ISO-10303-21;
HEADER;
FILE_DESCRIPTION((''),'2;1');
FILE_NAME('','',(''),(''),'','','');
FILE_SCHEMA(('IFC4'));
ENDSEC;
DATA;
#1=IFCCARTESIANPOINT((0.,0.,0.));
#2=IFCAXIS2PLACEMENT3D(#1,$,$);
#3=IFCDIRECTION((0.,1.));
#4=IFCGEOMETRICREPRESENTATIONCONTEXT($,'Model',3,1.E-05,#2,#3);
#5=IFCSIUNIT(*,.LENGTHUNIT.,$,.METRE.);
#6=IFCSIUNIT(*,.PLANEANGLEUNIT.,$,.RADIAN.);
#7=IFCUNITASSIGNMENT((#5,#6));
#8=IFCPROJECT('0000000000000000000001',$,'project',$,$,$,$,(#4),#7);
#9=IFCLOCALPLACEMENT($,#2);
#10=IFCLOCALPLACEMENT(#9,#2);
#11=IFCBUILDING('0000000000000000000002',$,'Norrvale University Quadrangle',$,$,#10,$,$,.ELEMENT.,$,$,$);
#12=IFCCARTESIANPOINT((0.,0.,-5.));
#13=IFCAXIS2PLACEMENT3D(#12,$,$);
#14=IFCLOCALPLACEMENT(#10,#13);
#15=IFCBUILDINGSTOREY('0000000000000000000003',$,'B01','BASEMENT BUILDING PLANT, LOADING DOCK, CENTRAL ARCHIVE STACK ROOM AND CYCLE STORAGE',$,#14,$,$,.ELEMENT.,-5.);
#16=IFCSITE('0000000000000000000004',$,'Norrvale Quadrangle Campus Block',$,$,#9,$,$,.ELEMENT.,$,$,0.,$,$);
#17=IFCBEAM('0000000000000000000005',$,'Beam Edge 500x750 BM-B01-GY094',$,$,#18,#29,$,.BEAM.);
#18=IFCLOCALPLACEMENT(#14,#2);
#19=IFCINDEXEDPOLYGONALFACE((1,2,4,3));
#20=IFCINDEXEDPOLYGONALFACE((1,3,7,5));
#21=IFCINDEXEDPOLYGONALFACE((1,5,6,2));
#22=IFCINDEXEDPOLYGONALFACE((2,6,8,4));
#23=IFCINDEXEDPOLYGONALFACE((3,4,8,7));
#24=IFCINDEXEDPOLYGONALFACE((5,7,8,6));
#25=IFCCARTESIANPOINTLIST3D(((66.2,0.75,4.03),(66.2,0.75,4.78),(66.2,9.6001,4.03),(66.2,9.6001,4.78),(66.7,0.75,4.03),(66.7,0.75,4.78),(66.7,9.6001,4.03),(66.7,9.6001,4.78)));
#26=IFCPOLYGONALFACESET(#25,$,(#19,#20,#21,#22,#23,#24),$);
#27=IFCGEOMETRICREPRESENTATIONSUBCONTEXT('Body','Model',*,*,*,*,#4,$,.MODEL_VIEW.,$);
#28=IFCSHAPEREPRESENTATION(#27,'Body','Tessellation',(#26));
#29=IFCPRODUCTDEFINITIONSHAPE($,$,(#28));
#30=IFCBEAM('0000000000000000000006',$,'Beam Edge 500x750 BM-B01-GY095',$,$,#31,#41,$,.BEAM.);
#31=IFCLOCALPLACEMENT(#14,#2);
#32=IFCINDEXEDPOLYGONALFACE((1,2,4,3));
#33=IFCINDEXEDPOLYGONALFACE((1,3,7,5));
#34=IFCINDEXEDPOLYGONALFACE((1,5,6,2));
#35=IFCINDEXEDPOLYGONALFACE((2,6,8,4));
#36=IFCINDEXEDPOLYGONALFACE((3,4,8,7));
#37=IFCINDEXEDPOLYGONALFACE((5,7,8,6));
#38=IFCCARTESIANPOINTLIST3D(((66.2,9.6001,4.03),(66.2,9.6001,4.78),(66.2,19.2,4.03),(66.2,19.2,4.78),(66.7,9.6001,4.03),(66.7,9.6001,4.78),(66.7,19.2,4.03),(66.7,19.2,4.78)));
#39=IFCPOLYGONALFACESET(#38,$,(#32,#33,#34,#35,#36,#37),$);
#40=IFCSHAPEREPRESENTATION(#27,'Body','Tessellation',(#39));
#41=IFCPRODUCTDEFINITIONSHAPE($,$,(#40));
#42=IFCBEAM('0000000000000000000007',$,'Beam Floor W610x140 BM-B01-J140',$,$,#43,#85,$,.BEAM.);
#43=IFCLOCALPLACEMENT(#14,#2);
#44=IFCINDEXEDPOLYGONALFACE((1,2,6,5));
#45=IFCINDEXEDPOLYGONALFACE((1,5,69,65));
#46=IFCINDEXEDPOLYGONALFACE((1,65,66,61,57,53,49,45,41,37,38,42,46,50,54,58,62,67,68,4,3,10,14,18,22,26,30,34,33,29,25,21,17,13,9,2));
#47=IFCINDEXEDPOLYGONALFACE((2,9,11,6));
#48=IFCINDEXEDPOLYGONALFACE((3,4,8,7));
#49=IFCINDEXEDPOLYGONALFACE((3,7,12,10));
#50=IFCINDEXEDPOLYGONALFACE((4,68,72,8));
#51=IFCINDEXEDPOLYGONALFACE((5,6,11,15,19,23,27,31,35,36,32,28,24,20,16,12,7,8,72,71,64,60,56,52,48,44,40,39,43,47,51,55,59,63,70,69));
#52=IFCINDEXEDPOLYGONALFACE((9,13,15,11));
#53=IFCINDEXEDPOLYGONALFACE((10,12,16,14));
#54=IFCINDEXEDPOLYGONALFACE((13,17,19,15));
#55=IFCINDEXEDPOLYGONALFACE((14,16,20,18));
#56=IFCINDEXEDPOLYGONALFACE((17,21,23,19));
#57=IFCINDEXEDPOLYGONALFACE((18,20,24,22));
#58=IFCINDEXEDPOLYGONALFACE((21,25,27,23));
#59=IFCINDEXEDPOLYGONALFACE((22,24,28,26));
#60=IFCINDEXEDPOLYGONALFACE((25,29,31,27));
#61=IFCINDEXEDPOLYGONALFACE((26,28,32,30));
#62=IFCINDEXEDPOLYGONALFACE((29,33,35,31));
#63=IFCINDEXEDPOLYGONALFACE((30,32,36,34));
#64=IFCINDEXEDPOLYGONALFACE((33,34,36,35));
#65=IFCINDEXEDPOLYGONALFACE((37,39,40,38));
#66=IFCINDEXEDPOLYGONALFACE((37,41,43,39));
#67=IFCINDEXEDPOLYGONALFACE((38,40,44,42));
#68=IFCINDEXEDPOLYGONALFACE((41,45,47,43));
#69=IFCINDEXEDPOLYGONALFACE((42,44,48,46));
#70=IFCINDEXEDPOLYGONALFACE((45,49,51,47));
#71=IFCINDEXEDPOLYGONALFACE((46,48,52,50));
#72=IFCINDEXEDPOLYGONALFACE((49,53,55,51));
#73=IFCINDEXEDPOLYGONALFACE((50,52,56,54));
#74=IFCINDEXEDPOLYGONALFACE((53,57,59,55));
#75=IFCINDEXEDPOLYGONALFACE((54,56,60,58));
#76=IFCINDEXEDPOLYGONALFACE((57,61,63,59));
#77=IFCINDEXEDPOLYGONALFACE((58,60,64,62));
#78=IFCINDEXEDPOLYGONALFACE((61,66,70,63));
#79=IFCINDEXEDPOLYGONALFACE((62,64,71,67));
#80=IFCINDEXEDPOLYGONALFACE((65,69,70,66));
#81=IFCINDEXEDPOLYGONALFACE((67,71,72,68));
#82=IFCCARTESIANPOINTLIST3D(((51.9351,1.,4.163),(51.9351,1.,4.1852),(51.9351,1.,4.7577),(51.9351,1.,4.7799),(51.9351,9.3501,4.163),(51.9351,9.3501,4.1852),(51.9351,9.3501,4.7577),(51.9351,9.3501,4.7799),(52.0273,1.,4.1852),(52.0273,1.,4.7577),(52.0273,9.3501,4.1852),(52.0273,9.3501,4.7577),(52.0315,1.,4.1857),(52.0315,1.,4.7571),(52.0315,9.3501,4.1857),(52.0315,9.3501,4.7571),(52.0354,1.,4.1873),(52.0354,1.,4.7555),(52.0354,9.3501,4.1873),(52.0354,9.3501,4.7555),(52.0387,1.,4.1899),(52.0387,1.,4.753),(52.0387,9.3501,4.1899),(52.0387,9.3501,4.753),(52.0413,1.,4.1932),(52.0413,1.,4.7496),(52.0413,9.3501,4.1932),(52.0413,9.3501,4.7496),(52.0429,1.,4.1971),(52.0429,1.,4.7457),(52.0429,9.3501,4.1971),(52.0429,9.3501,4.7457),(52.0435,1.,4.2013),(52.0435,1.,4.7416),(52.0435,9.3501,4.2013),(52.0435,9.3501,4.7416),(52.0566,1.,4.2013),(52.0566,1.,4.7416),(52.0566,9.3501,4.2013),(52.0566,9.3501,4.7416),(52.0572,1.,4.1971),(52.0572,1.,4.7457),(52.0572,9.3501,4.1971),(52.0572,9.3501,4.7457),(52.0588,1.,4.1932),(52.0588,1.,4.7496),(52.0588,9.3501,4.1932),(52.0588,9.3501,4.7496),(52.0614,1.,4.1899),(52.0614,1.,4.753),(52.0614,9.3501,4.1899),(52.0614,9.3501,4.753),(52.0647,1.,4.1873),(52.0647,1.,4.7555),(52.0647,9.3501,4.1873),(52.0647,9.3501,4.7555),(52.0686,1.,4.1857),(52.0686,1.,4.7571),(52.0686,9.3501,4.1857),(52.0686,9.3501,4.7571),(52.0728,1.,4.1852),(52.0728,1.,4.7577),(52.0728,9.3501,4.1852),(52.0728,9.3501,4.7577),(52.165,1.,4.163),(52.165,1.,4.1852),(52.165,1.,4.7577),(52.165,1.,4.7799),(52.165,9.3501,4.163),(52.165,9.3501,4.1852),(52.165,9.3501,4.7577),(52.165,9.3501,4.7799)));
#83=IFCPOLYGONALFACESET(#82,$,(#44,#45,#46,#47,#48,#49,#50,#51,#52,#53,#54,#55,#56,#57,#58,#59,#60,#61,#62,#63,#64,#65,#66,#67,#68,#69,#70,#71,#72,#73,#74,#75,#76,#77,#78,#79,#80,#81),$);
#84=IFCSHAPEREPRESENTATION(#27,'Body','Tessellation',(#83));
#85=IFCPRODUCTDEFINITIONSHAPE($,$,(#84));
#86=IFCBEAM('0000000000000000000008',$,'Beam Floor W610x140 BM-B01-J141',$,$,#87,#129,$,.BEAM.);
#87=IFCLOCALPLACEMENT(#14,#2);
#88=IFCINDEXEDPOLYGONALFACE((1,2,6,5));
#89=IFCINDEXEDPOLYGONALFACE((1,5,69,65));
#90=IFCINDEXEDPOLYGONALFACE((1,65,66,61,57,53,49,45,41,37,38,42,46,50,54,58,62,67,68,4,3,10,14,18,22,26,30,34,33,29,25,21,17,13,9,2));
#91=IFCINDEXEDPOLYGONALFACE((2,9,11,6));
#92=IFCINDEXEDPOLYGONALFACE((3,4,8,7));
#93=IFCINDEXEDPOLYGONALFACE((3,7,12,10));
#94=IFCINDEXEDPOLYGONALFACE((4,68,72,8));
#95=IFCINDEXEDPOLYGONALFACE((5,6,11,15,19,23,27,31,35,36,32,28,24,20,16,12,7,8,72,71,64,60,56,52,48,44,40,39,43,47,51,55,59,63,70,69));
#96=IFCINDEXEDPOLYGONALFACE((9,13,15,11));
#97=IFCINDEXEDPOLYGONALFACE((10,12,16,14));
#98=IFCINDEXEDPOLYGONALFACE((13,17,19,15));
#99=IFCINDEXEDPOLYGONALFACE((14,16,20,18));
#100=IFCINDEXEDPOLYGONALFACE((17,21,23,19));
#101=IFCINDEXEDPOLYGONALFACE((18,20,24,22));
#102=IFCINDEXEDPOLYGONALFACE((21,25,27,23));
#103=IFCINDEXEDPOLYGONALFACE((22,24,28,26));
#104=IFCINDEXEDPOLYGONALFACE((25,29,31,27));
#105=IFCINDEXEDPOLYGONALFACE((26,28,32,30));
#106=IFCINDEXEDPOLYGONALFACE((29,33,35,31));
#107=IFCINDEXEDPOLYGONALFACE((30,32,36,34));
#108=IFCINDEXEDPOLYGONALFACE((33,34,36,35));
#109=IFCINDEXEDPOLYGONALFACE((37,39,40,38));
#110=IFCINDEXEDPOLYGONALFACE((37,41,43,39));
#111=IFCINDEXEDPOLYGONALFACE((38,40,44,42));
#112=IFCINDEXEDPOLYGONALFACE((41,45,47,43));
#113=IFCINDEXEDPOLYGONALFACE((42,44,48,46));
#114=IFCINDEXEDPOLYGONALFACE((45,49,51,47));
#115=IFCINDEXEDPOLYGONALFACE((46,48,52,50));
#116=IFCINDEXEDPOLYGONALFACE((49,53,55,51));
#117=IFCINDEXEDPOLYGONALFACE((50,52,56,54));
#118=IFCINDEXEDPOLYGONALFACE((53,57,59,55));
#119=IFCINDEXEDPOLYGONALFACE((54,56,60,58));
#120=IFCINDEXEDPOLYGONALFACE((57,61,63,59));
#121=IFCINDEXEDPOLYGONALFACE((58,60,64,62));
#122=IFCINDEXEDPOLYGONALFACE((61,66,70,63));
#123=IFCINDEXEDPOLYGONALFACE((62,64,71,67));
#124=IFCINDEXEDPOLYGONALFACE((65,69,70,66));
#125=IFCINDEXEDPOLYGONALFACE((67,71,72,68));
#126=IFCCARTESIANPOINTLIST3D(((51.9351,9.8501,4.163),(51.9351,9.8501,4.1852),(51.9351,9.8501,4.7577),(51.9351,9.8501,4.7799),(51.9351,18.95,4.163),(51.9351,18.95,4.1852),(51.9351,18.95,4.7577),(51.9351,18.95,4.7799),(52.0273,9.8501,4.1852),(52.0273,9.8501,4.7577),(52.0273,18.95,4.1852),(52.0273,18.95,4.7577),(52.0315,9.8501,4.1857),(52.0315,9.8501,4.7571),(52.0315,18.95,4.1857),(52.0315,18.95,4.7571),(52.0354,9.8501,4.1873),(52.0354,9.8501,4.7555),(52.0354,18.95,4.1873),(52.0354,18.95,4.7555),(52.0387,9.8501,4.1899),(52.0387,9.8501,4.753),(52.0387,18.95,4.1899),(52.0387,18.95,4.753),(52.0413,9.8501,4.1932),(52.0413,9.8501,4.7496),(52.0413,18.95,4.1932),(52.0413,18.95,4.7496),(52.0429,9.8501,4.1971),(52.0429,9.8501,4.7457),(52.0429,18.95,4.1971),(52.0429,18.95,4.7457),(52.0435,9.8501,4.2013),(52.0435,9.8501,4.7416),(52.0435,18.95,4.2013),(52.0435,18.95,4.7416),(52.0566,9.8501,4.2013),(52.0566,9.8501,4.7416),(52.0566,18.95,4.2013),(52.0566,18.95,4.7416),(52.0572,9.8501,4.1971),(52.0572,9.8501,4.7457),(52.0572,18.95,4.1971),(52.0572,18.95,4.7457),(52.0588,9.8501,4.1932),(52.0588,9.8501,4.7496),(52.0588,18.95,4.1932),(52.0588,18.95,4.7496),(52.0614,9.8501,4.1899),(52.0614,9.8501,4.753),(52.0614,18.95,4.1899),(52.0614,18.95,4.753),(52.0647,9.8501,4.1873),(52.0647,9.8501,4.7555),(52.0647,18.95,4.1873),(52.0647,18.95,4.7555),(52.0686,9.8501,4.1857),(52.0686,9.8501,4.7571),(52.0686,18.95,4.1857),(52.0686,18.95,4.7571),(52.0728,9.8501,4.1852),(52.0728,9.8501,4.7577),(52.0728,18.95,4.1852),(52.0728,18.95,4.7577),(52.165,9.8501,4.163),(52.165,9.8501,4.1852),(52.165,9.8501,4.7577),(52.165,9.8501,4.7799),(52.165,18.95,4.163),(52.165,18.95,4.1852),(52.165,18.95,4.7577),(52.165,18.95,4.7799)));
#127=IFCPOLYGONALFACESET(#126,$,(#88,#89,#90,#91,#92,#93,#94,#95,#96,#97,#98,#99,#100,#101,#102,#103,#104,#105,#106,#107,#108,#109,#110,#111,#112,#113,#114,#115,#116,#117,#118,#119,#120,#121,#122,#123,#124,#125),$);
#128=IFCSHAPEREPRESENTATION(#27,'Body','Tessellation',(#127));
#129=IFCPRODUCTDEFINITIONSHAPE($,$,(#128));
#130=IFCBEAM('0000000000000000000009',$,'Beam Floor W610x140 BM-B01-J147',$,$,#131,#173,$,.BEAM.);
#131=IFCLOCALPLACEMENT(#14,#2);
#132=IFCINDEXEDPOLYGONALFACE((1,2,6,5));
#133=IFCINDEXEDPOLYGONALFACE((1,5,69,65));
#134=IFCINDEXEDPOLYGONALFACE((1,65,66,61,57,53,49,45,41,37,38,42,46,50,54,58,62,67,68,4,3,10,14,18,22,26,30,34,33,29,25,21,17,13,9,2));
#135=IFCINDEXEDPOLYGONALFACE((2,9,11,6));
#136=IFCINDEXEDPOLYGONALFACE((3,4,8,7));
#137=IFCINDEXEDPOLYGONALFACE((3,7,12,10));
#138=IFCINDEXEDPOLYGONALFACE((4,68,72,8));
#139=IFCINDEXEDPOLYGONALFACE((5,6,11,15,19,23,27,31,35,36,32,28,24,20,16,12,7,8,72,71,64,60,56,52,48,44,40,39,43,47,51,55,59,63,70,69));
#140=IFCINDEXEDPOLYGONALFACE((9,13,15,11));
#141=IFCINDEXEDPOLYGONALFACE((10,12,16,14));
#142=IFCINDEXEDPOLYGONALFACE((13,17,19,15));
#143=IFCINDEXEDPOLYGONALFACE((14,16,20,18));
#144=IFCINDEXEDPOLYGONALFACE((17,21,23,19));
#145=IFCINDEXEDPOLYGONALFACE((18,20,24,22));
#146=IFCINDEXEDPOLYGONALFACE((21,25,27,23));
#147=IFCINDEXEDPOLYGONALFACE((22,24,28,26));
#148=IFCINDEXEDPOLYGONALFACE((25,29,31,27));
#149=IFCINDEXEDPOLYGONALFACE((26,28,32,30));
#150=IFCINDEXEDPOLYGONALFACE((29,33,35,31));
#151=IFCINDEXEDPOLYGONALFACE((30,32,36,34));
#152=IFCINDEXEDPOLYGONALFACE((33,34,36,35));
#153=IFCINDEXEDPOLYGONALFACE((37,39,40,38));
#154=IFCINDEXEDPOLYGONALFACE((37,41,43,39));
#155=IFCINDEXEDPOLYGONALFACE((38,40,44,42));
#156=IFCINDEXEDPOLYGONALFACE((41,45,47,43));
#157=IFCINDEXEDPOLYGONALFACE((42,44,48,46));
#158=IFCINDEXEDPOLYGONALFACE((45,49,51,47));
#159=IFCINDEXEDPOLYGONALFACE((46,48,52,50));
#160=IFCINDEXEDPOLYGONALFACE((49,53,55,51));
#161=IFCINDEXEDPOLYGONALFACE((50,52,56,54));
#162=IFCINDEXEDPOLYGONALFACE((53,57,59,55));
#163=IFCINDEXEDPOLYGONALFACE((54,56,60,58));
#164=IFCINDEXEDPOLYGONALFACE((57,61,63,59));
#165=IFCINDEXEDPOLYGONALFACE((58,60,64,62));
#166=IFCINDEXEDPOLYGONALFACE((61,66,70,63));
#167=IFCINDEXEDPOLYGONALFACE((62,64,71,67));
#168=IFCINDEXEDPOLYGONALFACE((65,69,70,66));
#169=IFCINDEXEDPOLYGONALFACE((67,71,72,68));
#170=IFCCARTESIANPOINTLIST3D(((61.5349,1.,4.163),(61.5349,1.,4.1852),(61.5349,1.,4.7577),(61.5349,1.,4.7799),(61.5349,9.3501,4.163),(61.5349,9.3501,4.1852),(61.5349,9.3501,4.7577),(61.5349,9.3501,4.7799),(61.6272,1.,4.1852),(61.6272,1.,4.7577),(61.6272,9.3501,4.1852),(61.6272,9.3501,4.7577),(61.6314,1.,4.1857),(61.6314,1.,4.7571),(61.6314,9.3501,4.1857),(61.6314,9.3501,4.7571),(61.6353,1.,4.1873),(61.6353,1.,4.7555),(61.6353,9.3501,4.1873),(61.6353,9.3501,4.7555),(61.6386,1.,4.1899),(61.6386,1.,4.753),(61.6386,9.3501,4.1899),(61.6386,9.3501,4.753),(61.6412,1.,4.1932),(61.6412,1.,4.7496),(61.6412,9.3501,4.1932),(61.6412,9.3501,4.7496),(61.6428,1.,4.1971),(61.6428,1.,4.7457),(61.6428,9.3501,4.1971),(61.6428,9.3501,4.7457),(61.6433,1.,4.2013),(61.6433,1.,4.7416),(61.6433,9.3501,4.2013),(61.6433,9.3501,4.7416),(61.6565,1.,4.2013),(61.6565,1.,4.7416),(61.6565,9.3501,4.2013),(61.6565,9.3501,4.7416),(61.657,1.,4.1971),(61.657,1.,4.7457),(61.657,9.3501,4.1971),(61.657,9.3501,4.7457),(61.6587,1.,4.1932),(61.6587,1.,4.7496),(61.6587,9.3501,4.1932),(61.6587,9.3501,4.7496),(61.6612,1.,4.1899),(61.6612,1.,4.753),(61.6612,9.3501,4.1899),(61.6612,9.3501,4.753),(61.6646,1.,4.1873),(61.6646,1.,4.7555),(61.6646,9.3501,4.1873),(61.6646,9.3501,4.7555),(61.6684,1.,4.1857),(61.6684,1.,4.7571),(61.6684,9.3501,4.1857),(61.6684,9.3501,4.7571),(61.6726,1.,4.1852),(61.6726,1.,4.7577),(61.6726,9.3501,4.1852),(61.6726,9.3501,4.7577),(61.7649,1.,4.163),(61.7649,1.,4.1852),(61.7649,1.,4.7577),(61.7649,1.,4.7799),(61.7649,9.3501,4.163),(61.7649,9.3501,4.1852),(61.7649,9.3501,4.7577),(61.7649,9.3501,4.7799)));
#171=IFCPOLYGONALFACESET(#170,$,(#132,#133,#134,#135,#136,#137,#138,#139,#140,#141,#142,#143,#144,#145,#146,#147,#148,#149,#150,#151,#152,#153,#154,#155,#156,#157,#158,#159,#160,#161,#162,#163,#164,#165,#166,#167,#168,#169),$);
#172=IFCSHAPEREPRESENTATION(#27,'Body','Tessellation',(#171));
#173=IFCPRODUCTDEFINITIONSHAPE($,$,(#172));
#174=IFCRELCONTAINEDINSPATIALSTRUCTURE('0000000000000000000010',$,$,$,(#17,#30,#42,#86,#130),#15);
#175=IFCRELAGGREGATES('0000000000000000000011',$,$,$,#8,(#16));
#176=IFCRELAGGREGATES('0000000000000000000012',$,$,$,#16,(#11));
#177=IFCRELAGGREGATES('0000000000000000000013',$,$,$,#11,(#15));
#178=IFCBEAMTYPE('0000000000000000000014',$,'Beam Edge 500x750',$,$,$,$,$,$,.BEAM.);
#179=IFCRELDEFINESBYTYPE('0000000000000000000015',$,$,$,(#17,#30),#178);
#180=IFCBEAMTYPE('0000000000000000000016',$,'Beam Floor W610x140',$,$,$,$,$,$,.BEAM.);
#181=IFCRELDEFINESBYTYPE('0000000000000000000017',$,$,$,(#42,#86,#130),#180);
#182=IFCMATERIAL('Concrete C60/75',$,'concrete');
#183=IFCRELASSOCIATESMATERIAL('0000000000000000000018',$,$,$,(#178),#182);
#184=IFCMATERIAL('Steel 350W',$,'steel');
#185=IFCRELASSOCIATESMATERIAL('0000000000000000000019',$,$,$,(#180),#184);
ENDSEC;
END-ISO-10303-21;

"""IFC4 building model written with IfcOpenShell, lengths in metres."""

from ifc_helpers import new_model, si_unit, direction, frame, origin, origin_2d, place, context, subcontext, project, spatial, rectangle, i_section, extrude, material, material_profile, profile_set, type_object, element, save


model = new_model("IFC4")

# Units and contexts
model_context = context("Model", 3, precision=1e-05, world=origin(), true_north=direction((0.0, 1.0)))
body_context = subcontext(model_context, "Body", "Model", "MODEL_VIEW")
ifc_project = project(units=[si_unit("LENGTHUNIT", "METRE"), si_unit("PLANEANGLEUNIT", "RADIAN")], contexts=[model_context])

# Site, building, storey
site_placement = place(None, origin())
site = spatial("IfcSite", under=ifc_project, at=site_placement, Name="Norrvale Quadrangle Campus Block", CompositionType="ELEMENT", RefElevation=0.0)
building_placement = place(site_placement, origin())
building = spatial("IfcBuilding", under=site, at=building_placement, Name="Norrvale University Quadrangle", CompositionType="ELEMENT")
storey_placement = place(building_placement, frame((0.0, 0.0, -5.0)))
storey = spatial("IfcBuildingStorey", under=building, at=storey_placement, Name="B01", Description="BASEMENT BUILDING PLANT, LOADING DOCK, CENTRAL ARCHIVE STACK ROOM AND CYCLE STORAGE", CompositionType="ELEMENT", Elevation=-5.0)

# Beams
ifc_material_1 = material(Name="Concrete C60/75", Category="concrete")
ifc_material_profile_1 = material_profile(ifc_material_1, rectangle(XDim=0.5, YDim=0.75, at=origin_2d()), Name="Concrete C60/75")
ifc_profile_set_1 = profile_set([ifc_material_profile_1], Name="Concrete C60/75")
beam_type_1 = type_object("IfcBeamType", Name="Beam Edge 500x750", PredefinedType="BEAM", material=ifc_profile_set_1)
beam_1_placement = place(storey_placement, frame((66.45, 0.75, 4.405), z_axis=(0.0, 1.0, 0.0), x_axis=(-1.0, 0.0, 0.0)))
element("IfcBeam", 1, at=beam_1_placement, inside=storey, type_object=beam_type_1, Name="Beam Edge 500x750 BM-B01-GY094", PredefinedType="BEAM", context=body_context, shape_type="SweptSolid", body=[
    extrude(rectangle(XDim=0.5, YDim=0.75, at=origin_2d()), origin(), (0.0, 0.0, 1.0), 8.8501),
])
beam_2_placement = place(storey_placement, frame((66.45, 9.6001, 4.405), z_axis=(0.0, 1.0, 0.0), x_axis=(-1.0, 0.0, 0.0)))
element("IfcBeam", 2, at=beam_2_placement, inside=storey, type_object=beam_type_1, Name="Beam Edge 500x750 BM-B01-GY095", PredefinedType="BEAM", context=body_context, shape_type="SweptSolid", body=[
    extrude(rectangle(XDim=0.5, YDim=0.75, at=origin_2d()), origin(), (0.0, 0.0, 1.0), 9.5999),
])
ifc_material_2 = material(Name="Steel 350W", Category="steel")
ifc_material_profile_2 = material_profile(ifc_material_2, i_section(OverallWidth=0.23, OverallDepth=0.6169, WebThickness=0.0132, FlangeThickness=0.0222, FilletRadius=0.0161, at=origin_2d()), Name="Steel 350W")
ifc_profile_set_2 = profile_set([ifc_material_profile_2], Name="Steel 350W")
beam_type_2 = type_object("IfcBeamType", Name="Beam Floor W610x140", PredefinedType="BEAM", material=ifc_profile_set_2)
beam_3_placement = place(storey_placement, frame((52.05, 1.0, 4.4714), z_axis=(0.0, 1.0, 0.0), x_axis=(-1.0, 0.0, 0.0)))
element("IfcBeam", 3, at=beam_3_placement, inside=storey, type_object=beam_type_2, Name="Beam Floor W610x140 BM-B01-J140", PredefinedType="BEAM", context=body_context, shape_type="SweptSolid", body=[
    extrude(i_section(OverallWidth=0.23, OverallDepth=0.6169, WebThickness=0.0132, FlangeThickness=0.0222, FilletRadius=0.0161, at=origin_2d()), origin(), (0.0, 0.0, 1.0), 8.3501),
])
beam_4_placement = place(storey_placement, frame((52.05, 9.8501, 4.4714), z_axis=(0.0, 1.0, 0.0), x_axis=(-1.0, 0.0, 0.0)))
element("IfcBeam", 4, at=beam_4_placement, inside=storey, type_object=beam_type_2, Name="Beam Floor W610x140 BM-B01-J141", PredefinedType="BEAM", context=body_context, shape_type="SweptSolid", body=[
    extrude(i_section(OverallWidth=0.23, OverallDepth=0.6169, WebThickness=0.0132, FlangeThickness=0.0222, FilletRadius=0.0161, at=origin_2d()), origin(), (0.0, 0.0, 1.0), 9.0999),
])
beam_5_placement = place(storey_placement, frame((61.6499, 1.0, 4.4714), z_axis=(0.0, 1.0, 0.0), x_axis=(-1.0, 0.0, 0.0)))
element("IfcBeam", 5, at=beam_5_placement, inside=storey, type_object=beam_type_2, Name="Beam Floor W610x140 BM-B01-J147", PredefinedType="BEAM", context=body_context, shape_type="SweptSolid", body=[
    extrude(i_section(OverallWidth=0.23, OverallDepth=0.6169, WebThickness=0.0132, FlangeThickness=0.0222, FilletRadius=0.0161, at=origin_2d()), origin(), (0.0, 0.0, 1.0), 8.3501),
])

save(model, "model.ifc")
